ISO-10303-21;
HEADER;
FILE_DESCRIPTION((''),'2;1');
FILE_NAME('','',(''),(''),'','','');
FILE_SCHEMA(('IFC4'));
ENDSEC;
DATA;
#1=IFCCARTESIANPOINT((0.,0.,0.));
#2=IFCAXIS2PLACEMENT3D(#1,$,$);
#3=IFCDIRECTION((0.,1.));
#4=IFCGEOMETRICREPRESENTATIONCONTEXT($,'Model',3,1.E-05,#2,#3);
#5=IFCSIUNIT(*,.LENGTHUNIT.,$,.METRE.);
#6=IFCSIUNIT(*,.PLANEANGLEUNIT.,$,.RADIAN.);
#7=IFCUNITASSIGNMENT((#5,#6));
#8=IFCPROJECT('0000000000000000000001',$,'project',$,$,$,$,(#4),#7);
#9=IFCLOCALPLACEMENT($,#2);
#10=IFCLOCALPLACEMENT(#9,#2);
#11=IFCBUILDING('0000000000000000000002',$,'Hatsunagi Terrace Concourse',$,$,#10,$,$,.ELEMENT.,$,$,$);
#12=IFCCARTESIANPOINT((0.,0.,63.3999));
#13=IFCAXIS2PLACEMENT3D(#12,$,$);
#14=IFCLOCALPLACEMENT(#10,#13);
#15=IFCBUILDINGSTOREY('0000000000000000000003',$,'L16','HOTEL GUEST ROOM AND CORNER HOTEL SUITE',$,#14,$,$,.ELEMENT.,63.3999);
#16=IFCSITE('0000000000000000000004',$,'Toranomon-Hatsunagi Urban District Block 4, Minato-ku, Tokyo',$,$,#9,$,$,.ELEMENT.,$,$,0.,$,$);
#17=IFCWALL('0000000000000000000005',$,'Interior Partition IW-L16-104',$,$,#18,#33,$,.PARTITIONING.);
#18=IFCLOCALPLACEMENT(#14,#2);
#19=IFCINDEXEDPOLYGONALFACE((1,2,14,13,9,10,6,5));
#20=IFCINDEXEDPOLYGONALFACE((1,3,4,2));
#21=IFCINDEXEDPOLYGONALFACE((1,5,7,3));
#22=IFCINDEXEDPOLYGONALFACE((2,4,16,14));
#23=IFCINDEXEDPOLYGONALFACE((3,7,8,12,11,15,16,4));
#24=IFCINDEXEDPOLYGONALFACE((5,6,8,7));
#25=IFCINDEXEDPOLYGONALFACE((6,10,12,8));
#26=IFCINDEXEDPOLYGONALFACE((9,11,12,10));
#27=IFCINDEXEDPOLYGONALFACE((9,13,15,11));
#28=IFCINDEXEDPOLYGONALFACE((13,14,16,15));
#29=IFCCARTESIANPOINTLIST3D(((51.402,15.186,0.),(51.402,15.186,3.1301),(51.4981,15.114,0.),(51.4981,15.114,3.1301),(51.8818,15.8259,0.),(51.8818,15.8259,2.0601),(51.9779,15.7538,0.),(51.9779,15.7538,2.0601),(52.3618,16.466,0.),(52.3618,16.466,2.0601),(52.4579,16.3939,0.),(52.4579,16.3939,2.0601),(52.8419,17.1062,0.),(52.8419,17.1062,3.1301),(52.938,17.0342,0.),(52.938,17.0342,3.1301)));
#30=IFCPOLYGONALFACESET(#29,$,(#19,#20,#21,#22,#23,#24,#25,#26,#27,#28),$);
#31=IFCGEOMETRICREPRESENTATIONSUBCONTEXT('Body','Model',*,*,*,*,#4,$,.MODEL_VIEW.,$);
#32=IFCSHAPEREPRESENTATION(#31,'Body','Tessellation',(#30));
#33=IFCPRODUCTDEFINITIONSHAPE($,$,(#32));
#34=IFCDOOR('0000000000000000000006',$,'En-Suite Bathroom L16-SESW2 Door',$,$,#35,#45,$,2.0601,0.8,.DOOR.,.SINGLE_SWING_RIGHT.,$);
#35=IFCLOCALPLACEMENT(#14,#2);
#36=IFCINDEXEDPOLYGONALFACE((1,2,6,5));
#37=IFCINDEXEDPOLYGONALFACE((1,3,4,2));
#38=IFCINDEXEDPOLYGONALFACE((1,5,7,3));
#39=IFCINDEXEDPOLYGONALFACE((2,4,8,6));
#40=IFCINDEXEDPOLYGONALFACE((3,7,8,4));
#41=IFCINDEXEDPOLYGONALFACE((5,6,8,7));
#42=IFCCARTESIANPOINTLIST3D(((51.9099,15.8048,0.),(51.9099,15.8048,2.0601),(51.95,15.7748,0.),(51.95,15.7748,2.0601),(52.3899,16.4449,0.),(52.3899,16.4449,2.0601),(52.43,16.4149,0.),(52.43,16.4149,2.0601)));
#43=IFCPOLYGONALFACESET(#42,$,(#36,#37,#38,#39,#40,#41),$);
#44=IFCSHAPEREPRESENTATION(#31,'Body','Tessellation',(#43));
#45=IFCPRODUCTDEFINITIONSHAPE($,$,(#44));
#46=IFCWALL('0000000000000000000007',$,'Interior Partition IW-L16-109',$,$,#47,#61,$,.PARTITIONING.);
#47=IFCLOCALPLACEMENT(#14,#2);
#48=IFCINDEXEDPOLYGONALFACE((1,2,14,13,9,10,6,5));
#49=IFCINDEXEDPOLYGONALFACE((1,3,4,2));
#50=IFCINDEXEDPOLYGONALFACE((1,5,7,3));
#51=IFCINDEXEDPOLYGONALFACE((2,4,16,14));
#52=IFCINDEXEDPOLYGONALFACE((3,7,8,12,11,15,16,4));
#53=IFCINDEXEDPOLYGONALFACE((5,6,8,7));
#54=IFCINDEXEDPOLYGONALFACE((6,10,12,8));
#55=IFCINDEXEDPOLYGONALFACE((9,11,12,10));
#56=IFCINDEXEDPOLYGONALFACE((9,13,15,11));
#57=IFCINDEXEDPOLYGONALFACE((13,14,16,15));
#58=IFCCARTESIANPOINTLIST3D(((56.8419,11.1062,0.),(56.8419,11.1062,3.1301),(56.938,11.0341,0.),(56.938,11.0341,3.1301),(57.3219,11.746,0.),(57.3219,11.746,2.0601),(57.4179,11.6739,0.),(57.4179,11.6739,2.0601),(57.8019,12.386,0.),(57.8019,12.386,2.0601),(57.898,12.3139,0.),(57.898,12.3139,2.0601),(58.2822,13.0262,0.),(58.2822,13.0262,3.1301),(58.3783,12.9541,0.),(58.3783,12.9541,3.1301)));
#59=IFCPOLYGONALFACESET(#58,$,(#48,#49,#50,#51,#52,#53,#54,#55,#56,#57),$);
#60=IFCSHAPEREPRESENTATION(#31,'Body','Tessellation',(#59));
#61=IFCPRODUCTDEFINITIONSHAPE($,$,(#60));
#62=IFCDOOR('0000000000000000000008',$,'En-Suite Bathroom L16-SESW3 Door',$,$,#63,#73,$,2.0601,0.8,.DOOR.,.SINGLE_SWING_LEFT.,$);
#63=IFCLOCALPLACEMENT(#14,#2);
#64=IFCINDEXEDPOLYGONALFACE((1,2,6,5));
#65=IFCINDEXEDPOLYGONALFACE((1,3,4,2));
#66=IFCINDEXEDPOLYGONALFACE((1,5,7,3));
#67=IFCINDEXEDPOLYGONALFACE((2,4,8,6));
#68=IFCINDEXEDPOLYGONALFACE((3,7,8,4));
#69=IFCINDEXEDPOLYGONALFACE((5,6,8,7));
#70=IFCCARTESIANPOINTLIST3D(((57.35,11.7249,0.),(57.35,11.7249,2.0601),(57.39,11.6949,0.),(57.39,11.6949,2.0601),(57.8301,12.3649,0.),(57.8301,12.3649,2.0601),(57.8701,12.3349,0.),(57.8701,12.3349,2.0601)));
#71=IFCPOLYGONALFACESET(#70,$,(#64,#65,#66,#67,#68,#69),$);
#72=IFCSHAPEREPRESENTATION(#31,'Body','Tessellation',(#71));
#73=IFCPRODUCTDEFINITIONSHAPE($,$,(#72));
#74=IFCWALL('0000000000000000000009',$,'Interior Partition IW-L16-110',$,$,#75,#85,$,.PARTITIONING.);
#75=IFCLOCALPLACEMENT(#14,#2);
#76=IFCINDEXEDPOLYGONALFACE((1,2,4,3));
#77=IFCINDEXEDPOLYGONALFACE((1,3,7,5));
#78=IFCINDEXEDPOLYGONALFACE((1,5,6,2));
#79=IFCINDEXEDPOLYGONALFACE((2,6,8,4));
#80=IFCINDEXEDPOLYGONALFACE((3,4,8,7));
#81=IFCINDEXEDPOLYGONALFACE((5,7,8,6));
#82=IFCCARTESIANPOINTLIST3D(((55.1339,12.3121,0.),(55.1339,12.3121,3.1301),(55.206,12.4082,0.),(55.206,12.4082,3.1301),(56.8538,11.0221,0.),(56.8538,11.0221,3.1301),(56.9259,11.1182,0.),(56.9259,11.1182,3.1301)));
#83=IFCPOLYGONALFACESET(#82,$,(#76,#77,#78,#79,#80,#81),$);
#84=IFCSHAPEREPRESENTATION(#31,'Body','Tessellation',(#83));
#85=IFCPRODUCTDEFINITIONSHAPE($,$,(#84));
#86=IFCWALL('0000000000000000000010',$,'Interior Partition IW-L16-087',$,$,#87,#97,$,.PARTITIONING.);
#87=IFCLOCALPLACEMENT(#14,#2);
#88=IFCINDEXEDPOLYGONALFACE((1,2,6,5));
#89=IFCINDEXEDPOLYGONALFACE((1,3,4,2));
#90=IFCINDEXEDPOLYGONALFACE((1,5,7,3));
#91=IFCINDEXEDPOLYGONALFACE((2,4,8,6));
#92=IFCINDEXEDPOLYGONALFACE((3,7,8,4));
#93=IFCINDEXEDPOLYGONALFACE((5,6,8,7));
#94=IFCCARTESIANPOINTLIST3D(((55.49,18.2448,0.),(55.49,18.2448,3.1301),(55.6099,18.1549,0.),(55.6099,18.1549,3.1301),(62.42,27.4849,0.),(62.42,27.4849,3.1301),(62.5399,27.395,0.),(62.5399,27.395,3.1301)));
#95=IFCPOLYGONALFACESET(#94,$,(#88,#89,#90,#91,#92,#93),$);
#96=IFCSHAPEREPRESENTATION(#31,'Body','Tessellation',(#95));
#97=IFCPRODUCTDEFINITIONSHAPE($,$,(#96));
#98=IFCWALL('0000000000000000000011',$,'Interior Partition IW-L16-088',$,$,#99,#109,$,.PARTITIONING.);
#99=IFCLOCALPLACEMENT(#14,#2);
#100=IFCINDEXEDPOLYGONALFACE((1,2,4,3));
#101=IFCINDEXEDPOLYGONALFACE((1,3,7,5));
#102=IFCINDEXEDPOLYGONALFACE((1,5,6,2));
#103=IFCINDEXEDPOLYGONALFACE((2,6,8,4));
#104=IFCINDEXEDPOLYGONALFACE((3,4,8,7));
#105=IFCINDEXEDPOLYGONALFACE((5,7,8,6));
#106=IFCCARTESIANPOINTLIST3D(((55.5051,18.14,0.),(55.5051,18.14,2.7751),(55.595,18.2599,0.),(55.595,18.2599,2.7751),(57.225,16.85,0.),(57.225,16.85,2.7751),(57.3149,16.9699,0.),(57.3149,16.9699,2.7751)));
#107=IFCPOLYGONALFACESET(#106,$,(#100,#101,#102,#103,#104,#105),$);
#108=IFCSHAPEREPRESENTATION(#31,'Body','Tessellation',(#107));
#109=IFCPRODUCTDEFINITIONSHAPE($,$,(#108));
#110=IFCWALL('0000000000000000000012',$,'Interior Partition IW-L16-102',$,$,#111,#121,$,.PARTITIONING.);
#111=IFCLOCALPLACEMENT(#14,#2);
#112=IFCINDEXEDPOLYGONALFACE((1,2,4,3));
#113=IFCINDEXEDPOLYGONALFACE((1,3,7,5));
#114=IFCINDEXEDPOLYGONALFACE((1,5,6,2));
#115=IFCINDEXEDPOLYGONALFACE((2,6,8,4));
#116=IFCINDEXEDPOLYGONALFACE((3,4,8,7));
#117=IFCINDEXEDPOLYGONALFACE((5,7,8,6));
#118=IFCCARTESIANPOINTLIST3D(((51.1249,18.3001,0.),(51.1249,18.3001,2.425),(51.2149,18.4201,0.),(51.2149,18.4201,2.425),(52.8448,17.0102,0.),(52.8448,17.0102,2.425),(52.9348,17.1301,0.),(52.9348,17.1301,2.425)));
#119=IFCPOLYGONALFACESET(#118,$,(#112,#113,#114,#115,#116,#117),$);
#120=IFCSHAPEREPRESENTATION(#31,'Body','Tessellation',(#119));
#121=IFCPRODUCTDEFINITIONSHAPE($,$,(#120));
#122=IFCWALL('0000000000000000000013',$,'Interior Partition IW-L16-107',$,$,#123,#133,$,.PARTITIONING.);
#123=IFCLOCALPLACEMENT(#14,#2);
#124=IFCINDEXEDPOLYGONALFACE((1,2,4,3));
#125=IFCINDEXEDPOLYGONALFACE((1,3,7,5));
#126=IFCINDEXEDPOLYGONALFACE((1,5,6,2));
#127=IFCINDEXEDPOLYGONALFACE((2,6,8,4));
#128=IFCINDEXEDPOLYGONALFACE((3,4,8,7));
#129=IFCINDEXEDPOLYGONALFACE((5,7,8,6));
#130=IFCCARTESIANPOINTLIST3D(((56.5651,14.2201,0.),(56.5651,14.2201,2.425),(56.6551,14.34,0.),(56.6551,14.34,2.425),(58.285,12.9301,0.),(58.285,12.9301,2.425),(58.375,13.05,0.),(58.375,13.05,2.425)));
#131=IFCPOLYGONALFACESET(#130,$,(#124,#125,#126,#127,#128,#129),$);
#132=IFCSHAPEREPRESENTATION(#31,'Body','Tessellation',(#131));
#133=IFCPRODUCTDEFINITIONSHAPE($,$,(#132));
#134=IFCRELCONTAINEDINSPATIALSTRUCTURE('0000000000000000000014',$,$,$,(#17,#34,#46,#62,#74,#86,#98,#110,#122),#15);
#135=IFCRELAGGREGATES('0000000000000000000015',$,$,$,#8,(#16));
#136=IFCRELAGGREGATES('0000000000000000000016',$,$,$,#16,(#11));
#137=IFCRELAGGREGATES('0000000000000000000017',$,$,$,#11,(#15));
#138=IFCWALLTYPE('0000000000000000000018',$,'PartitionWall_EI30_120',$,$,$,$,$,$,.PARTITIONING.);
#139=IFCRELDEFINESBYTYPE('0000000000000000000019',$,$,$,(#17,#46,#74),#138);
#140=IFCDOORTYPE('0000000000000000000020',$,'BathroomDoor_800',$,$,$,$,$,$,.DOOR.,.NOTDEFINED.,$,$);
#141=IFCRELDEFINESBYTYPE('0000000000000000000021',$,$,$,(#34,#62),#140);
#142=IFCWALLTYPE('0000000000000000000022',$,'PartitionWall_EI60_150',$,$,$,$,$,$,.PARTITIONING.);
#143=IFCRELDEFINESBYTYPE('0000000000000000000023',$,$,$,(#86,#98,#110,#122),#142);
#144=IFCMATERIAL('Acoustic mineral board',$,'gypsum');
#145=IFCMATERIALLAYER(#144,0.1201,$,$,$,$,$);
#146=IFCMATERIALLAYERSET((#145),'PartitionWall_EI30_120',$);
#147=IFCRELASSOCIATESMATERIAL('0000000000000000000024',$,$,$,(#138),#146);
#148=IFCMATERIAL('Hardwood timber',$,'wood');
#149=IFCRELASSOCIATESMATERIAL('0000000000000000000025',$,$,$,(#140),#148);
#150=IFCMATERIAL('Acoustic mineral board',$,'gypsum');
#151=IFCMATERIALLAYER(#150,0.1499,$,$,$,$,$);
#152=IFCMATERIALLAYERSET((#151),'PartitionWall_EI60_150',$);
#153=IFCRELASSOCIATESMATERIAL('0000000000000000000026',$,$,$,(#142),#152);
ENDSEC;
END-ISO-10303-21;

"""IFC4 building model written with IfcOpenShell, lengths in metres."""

from ifc_helpers import new_model, si_unit, direction, frame, frame_2d, origin, place, context, subcontext, project, spatial, rectangle, extrude, material, layer, layer_set, type_object, element, fill, save


model = new_model("IFC4")

# Units and contexts
model_context = context("Model", 3, precision=1e-05, world=origin(), true_north=direction((0.0, 1.0)))
body_context = subcontext(model_context, "Body", "Model", "MODEL_VIEW")
ifc_project = project(units=[si_unit("LENGTHUNIT", "METRE"), si_unit("PLANEANGLEUNIT", "RADIAN")], contexts=[model_context])

# Site, building, storey
site_placement = place(None, origin())
site = spatial("IfcSite", under=ifc_project, at=site_placement, Name="Toranomon-Hatsunagi Urban District Block 4, Minato-ku, Tokyo", CompositionType="ELEMENT", RefElevation=0.0)
building_placement = place(site_placement, origin())
building = spatial("IfcBuilding", under=site, at=building_placement, Name="Hatsunagi Terrace Concourse", CompositionType="ELEMENT")
storey_placement = place(building_placement, frame((0.0, 0.0, 63.3999)))
storey = spatial("IfcBuildingStorey", under=building, at=storey_placement, Name="L16", Description="HOTEL GUEST ROOM AND CORNER HOTEL SUITE", CompositionType="ELEMENT", Elevation=63.3999)

# Walls, openings, doors
ifc_material_1 = material(Name="Acoustic mineral board", Category="gypsum")
ifc_layer_1 = layer(ifc_material_1, 0.1201)
ifc_layer_set_1 = layer_set([ifc_layer_1], Name="PartitionWall_EI30_120")
wall_type_1 = type_object("IfcWallType", Name="PartitionWall_EI30_120", PredefinedType="PARTITIONING", material=ifc_layer_set_1)
ifc_material_2 = material(Name="Hardwood timber", Category="wood")
door_type_1 = type_object("IfcDoorType", Name="BathroomDoor_800", OperationType="NOTDEFINED", PredefinedType="DOOR", material=ifc_material_2)
wall_1_placement = place(storey_placement, frame((51.45, 15.1499, 0.0), z_axis=(0.0, 0.0, 1.0), x_axis=(0.599951, 0.800037, 0.0)))
wall_1 = element("IfcWall", 1, at=wall_1_placement, inside=storey, type_object=wall_type_1, Name="Interior Partition IW-L16-104", PredefinedType="PARTITIONING", context=body_context, shape_type="SweptSolid", body=[
    extrude(rectangle(XDim=2.4001, YDim=0.1201, at=frame_2d((1.2002, 0.0))), origin(), (0.0, 0.0, 1.0), 3.1301),
])
opening_1_placement = place(wall_1_placement, frame((0.8, 0.0, 0.0)))
opening_1 = element("IfcOpeningElement", 2, at=opening_1_placement, cuts=wall_1, PredefinedType="OPENING", context=body_context, shape_type="SweptSolid", body=[
    extrude(rectangle(XDim=0.8, YDim=2.0601, at=frame_2d((0.3999, 1.03))), frame((0.0, 0.0701, 0.0), z_axis=(0.0, -1.0, 0.0), x_axis=(1.0, 0.0, 0.0)), (0.0, 0.0, 1.0), 0.1401),
])
door_1_placement = place(opening_1_placement, origin())
door_1 = element("IfcDoor", 3, at=door_1_placement, inside=storey, type_object=door_type_1, Name="En-Suite Bathroom L16-SESW2 Door", OperationType="SINGLE_SWING_RIGHT", OverallHeight=2.0601, OverallWidth=0.8, PredefinedType="DOOR", context=body_context, shape_type="SweptSolid", body=[
    extrude(rectangle(XDim=0.8, YDim=2.0601, at=frame_2d((0.3999, 1.03))), frame((0.0, 0.0249, 0.0), z_axis=(0.0, -1.0, 0.0), x_axis=(1.0, 0.0, 0.0)), (0.0, 0.0, 1.0), 0.05),
])
fill(opening_1, door_1)
wall_2_placement = place(storey_placement, frame((56.8899, 11.0701, 0.0), z_axis=(0.0, 0.0, 1.0), x_axis=(0.600065, 0.799951, 0.0)))
wall_2 = element("IfcWall", 4, at=wall_2_placement, inside=storey, type_object=wall_type_1, Name="Interior Partition IW-L16-109", PredefinedType="PARTITIONING", context=body_context, shape_type="SweptSolid", body=[
    extrude(rectangle(XDim=2.4001, YDim=0.1201, at=frame_2d((1.2002, 0.0))), origin(), (0.0, 0.0, 1.0), 3.1301),
])
opening_2_placement = place(wall_2_placement, frame((0.8, 0.0, 0.0)))
opening_2 = element("IfcOpeningElement", 5, at=opening_2_placement, cuts=wall_2, PredefinedType="OPENING", context=body_context, shape_type="SweptSolid", body=[
    extrude(rectangle(XDim=0.8, YDim=2.0601, at=frame_2d((0.3999, 1.03))), frame((0.0, 0.0701, 0.0), z_axis=(0.0, -1.0, 0.0), x_axis=(1.0, 0.0, 0.0)), (0.0, 0.0, 1.0), 0.1401),
])
door_2_placement = place(opening_2_placement, origin())
door_2 = element("IfcDoor", 6, at=door_2_placement, inside=storey, type_object=door_type_1, Name="En-Suite Bathroom L16-SESW3 Door", OperationType="SINGLE_SWING_LEFT", OverallHeight=2.0601, OverallWidth=0.8, PredefinedType="DOOR", context=body_context, shape_type="SweptSolid", body=[
    extrude(rectangle(XDim=0.8, YDim=2.0601, at=frame_2d((0.3999, 1.03))), frame((0.0, 0.0249, 0.0), z_axis=(0.0, -1.0, 0.0), x_axis=(1.0, 0.0, 0.0)), (0.0, 0.0, 1.0), 0.05),
])
fill(opening_2, door_2)

# Walls
wall_3_placement = place(storey_placement, frame((55.1699, 12.3601, 0.0), z_axis=(0.0, 0.0, 1.0), x_axis=(0.799986, -0.600018, 0.0)))
element("IfcWall", 7, at=wall_3_placement, inside=storey, type_object=wall_type_1, Name="Interior Partition IW-L16-110", PredefinedType="PARTITIONING", context=body_context, shape_type="SweptSolid", body=[
    extrude(rectangle(XDim=2.1499, YDim=0.1201, at=frame_2d((1.075, 0.0))), origin(), (0.0, 0.0, 1.0), 3.1301),
])
ifc_material_3 = material(Name="Acoustic mineral board", Category="gypsum")
ifc_layer_2 = layer(ifc_material_3, 0.1499)
ifc_layer_set_2 = layer_set([ifc_layer_2], Name="PartitionWall_EI60_150")
wall_type_2 = type_object("IfcWallType", Name="PartitionWall_EI60_150", PredefinedType="PARTITIONING", material=ifc_layer_set_2)
wall_4_placement = place(storey_placement, frame((55.55, 18.2, 0.0), z_axis=(0.0, 0.0, 1.0), x_axis=(0.599997, 0.800003, 0.0)))
element("IfcWall", 8, at=wall_4_placement, inside=storey, type_object=wall_type_2, Name="Interior Partition IW-L16-087", PredefinedType="PARTITIONING", context=body_context, shape_type="SweptSolid", body=[
    extrude(rectangle(XDim=11.55, YDim=0.1499, at=frame_2d((5.7749, 0.0))), origin(), (0.0, 0.0, 1.0), 3.1301),
])
wall_5_placement = place(storey_placement, frame((55.55, 18.2, 0.0), z_axis=(0.0, 0.0, 1.0), x_axis=(0.799986, -0.600018, 0.0)))
element("IfcWall", 9, at=wall_5_placement, inside=storey, type_object=wall_type_2, Name="Interior Partition IW-L16-088", PredefinedType="PARTITIONING", context=body_context, shape_type="SweptSolid", body=[
    extrude(rectangle(XDim=2.1499, YDim=0.1499, at=frame_2d((1.075, 0.0))), origin(), (0.0, 0.0, 1.0), 2.7751),
])

# Wall
wall_6_placement = place(storey_placement, frame((51.1699, 18.3601, 0.0), z_axis=(0.0, 0.0, 1.0), x_axis=(0.799986, -0.600018, 0.0)))
element("IfcWall", 10, at=wall_6_placement, inside=storey, type_object=wall_type_2, Name="Interior Partition IW-L16-102", PredefinedType="PARTITIONING", context=body_context, shape_type="SweptSolid", body=[
    extrude(rectangle(XDim=2.1499, YDim=0.1499, at=frame_2d((1.075, 0.0))), origin(), (0.0, 0.0, 1.0), 2.425),
])

# Wall
wall_7_placement = place(storey_placement, frame((56.6101, 14.28, 0.0), z_axis=(0.0, 0.0, 1.0), x_axis=(0.799986, -0.600018, 0.0)))
element("IfcWall", 11, at=wall_7_placement, inside=storey, type_object=wall_type_2, Name="Interior Partition IW-L16-107", PredefinedType="PARTITIONING", context=body_context, shape_type="SweptSolid", body=[
    extrude(rectangle(XDim=2.1499, YDim=0.1499, at=frame_2d((1.075, 0.0))), origin(), (0.0, 0.0, 1.0), 2.425),
])

save(model, "model.ifc")
